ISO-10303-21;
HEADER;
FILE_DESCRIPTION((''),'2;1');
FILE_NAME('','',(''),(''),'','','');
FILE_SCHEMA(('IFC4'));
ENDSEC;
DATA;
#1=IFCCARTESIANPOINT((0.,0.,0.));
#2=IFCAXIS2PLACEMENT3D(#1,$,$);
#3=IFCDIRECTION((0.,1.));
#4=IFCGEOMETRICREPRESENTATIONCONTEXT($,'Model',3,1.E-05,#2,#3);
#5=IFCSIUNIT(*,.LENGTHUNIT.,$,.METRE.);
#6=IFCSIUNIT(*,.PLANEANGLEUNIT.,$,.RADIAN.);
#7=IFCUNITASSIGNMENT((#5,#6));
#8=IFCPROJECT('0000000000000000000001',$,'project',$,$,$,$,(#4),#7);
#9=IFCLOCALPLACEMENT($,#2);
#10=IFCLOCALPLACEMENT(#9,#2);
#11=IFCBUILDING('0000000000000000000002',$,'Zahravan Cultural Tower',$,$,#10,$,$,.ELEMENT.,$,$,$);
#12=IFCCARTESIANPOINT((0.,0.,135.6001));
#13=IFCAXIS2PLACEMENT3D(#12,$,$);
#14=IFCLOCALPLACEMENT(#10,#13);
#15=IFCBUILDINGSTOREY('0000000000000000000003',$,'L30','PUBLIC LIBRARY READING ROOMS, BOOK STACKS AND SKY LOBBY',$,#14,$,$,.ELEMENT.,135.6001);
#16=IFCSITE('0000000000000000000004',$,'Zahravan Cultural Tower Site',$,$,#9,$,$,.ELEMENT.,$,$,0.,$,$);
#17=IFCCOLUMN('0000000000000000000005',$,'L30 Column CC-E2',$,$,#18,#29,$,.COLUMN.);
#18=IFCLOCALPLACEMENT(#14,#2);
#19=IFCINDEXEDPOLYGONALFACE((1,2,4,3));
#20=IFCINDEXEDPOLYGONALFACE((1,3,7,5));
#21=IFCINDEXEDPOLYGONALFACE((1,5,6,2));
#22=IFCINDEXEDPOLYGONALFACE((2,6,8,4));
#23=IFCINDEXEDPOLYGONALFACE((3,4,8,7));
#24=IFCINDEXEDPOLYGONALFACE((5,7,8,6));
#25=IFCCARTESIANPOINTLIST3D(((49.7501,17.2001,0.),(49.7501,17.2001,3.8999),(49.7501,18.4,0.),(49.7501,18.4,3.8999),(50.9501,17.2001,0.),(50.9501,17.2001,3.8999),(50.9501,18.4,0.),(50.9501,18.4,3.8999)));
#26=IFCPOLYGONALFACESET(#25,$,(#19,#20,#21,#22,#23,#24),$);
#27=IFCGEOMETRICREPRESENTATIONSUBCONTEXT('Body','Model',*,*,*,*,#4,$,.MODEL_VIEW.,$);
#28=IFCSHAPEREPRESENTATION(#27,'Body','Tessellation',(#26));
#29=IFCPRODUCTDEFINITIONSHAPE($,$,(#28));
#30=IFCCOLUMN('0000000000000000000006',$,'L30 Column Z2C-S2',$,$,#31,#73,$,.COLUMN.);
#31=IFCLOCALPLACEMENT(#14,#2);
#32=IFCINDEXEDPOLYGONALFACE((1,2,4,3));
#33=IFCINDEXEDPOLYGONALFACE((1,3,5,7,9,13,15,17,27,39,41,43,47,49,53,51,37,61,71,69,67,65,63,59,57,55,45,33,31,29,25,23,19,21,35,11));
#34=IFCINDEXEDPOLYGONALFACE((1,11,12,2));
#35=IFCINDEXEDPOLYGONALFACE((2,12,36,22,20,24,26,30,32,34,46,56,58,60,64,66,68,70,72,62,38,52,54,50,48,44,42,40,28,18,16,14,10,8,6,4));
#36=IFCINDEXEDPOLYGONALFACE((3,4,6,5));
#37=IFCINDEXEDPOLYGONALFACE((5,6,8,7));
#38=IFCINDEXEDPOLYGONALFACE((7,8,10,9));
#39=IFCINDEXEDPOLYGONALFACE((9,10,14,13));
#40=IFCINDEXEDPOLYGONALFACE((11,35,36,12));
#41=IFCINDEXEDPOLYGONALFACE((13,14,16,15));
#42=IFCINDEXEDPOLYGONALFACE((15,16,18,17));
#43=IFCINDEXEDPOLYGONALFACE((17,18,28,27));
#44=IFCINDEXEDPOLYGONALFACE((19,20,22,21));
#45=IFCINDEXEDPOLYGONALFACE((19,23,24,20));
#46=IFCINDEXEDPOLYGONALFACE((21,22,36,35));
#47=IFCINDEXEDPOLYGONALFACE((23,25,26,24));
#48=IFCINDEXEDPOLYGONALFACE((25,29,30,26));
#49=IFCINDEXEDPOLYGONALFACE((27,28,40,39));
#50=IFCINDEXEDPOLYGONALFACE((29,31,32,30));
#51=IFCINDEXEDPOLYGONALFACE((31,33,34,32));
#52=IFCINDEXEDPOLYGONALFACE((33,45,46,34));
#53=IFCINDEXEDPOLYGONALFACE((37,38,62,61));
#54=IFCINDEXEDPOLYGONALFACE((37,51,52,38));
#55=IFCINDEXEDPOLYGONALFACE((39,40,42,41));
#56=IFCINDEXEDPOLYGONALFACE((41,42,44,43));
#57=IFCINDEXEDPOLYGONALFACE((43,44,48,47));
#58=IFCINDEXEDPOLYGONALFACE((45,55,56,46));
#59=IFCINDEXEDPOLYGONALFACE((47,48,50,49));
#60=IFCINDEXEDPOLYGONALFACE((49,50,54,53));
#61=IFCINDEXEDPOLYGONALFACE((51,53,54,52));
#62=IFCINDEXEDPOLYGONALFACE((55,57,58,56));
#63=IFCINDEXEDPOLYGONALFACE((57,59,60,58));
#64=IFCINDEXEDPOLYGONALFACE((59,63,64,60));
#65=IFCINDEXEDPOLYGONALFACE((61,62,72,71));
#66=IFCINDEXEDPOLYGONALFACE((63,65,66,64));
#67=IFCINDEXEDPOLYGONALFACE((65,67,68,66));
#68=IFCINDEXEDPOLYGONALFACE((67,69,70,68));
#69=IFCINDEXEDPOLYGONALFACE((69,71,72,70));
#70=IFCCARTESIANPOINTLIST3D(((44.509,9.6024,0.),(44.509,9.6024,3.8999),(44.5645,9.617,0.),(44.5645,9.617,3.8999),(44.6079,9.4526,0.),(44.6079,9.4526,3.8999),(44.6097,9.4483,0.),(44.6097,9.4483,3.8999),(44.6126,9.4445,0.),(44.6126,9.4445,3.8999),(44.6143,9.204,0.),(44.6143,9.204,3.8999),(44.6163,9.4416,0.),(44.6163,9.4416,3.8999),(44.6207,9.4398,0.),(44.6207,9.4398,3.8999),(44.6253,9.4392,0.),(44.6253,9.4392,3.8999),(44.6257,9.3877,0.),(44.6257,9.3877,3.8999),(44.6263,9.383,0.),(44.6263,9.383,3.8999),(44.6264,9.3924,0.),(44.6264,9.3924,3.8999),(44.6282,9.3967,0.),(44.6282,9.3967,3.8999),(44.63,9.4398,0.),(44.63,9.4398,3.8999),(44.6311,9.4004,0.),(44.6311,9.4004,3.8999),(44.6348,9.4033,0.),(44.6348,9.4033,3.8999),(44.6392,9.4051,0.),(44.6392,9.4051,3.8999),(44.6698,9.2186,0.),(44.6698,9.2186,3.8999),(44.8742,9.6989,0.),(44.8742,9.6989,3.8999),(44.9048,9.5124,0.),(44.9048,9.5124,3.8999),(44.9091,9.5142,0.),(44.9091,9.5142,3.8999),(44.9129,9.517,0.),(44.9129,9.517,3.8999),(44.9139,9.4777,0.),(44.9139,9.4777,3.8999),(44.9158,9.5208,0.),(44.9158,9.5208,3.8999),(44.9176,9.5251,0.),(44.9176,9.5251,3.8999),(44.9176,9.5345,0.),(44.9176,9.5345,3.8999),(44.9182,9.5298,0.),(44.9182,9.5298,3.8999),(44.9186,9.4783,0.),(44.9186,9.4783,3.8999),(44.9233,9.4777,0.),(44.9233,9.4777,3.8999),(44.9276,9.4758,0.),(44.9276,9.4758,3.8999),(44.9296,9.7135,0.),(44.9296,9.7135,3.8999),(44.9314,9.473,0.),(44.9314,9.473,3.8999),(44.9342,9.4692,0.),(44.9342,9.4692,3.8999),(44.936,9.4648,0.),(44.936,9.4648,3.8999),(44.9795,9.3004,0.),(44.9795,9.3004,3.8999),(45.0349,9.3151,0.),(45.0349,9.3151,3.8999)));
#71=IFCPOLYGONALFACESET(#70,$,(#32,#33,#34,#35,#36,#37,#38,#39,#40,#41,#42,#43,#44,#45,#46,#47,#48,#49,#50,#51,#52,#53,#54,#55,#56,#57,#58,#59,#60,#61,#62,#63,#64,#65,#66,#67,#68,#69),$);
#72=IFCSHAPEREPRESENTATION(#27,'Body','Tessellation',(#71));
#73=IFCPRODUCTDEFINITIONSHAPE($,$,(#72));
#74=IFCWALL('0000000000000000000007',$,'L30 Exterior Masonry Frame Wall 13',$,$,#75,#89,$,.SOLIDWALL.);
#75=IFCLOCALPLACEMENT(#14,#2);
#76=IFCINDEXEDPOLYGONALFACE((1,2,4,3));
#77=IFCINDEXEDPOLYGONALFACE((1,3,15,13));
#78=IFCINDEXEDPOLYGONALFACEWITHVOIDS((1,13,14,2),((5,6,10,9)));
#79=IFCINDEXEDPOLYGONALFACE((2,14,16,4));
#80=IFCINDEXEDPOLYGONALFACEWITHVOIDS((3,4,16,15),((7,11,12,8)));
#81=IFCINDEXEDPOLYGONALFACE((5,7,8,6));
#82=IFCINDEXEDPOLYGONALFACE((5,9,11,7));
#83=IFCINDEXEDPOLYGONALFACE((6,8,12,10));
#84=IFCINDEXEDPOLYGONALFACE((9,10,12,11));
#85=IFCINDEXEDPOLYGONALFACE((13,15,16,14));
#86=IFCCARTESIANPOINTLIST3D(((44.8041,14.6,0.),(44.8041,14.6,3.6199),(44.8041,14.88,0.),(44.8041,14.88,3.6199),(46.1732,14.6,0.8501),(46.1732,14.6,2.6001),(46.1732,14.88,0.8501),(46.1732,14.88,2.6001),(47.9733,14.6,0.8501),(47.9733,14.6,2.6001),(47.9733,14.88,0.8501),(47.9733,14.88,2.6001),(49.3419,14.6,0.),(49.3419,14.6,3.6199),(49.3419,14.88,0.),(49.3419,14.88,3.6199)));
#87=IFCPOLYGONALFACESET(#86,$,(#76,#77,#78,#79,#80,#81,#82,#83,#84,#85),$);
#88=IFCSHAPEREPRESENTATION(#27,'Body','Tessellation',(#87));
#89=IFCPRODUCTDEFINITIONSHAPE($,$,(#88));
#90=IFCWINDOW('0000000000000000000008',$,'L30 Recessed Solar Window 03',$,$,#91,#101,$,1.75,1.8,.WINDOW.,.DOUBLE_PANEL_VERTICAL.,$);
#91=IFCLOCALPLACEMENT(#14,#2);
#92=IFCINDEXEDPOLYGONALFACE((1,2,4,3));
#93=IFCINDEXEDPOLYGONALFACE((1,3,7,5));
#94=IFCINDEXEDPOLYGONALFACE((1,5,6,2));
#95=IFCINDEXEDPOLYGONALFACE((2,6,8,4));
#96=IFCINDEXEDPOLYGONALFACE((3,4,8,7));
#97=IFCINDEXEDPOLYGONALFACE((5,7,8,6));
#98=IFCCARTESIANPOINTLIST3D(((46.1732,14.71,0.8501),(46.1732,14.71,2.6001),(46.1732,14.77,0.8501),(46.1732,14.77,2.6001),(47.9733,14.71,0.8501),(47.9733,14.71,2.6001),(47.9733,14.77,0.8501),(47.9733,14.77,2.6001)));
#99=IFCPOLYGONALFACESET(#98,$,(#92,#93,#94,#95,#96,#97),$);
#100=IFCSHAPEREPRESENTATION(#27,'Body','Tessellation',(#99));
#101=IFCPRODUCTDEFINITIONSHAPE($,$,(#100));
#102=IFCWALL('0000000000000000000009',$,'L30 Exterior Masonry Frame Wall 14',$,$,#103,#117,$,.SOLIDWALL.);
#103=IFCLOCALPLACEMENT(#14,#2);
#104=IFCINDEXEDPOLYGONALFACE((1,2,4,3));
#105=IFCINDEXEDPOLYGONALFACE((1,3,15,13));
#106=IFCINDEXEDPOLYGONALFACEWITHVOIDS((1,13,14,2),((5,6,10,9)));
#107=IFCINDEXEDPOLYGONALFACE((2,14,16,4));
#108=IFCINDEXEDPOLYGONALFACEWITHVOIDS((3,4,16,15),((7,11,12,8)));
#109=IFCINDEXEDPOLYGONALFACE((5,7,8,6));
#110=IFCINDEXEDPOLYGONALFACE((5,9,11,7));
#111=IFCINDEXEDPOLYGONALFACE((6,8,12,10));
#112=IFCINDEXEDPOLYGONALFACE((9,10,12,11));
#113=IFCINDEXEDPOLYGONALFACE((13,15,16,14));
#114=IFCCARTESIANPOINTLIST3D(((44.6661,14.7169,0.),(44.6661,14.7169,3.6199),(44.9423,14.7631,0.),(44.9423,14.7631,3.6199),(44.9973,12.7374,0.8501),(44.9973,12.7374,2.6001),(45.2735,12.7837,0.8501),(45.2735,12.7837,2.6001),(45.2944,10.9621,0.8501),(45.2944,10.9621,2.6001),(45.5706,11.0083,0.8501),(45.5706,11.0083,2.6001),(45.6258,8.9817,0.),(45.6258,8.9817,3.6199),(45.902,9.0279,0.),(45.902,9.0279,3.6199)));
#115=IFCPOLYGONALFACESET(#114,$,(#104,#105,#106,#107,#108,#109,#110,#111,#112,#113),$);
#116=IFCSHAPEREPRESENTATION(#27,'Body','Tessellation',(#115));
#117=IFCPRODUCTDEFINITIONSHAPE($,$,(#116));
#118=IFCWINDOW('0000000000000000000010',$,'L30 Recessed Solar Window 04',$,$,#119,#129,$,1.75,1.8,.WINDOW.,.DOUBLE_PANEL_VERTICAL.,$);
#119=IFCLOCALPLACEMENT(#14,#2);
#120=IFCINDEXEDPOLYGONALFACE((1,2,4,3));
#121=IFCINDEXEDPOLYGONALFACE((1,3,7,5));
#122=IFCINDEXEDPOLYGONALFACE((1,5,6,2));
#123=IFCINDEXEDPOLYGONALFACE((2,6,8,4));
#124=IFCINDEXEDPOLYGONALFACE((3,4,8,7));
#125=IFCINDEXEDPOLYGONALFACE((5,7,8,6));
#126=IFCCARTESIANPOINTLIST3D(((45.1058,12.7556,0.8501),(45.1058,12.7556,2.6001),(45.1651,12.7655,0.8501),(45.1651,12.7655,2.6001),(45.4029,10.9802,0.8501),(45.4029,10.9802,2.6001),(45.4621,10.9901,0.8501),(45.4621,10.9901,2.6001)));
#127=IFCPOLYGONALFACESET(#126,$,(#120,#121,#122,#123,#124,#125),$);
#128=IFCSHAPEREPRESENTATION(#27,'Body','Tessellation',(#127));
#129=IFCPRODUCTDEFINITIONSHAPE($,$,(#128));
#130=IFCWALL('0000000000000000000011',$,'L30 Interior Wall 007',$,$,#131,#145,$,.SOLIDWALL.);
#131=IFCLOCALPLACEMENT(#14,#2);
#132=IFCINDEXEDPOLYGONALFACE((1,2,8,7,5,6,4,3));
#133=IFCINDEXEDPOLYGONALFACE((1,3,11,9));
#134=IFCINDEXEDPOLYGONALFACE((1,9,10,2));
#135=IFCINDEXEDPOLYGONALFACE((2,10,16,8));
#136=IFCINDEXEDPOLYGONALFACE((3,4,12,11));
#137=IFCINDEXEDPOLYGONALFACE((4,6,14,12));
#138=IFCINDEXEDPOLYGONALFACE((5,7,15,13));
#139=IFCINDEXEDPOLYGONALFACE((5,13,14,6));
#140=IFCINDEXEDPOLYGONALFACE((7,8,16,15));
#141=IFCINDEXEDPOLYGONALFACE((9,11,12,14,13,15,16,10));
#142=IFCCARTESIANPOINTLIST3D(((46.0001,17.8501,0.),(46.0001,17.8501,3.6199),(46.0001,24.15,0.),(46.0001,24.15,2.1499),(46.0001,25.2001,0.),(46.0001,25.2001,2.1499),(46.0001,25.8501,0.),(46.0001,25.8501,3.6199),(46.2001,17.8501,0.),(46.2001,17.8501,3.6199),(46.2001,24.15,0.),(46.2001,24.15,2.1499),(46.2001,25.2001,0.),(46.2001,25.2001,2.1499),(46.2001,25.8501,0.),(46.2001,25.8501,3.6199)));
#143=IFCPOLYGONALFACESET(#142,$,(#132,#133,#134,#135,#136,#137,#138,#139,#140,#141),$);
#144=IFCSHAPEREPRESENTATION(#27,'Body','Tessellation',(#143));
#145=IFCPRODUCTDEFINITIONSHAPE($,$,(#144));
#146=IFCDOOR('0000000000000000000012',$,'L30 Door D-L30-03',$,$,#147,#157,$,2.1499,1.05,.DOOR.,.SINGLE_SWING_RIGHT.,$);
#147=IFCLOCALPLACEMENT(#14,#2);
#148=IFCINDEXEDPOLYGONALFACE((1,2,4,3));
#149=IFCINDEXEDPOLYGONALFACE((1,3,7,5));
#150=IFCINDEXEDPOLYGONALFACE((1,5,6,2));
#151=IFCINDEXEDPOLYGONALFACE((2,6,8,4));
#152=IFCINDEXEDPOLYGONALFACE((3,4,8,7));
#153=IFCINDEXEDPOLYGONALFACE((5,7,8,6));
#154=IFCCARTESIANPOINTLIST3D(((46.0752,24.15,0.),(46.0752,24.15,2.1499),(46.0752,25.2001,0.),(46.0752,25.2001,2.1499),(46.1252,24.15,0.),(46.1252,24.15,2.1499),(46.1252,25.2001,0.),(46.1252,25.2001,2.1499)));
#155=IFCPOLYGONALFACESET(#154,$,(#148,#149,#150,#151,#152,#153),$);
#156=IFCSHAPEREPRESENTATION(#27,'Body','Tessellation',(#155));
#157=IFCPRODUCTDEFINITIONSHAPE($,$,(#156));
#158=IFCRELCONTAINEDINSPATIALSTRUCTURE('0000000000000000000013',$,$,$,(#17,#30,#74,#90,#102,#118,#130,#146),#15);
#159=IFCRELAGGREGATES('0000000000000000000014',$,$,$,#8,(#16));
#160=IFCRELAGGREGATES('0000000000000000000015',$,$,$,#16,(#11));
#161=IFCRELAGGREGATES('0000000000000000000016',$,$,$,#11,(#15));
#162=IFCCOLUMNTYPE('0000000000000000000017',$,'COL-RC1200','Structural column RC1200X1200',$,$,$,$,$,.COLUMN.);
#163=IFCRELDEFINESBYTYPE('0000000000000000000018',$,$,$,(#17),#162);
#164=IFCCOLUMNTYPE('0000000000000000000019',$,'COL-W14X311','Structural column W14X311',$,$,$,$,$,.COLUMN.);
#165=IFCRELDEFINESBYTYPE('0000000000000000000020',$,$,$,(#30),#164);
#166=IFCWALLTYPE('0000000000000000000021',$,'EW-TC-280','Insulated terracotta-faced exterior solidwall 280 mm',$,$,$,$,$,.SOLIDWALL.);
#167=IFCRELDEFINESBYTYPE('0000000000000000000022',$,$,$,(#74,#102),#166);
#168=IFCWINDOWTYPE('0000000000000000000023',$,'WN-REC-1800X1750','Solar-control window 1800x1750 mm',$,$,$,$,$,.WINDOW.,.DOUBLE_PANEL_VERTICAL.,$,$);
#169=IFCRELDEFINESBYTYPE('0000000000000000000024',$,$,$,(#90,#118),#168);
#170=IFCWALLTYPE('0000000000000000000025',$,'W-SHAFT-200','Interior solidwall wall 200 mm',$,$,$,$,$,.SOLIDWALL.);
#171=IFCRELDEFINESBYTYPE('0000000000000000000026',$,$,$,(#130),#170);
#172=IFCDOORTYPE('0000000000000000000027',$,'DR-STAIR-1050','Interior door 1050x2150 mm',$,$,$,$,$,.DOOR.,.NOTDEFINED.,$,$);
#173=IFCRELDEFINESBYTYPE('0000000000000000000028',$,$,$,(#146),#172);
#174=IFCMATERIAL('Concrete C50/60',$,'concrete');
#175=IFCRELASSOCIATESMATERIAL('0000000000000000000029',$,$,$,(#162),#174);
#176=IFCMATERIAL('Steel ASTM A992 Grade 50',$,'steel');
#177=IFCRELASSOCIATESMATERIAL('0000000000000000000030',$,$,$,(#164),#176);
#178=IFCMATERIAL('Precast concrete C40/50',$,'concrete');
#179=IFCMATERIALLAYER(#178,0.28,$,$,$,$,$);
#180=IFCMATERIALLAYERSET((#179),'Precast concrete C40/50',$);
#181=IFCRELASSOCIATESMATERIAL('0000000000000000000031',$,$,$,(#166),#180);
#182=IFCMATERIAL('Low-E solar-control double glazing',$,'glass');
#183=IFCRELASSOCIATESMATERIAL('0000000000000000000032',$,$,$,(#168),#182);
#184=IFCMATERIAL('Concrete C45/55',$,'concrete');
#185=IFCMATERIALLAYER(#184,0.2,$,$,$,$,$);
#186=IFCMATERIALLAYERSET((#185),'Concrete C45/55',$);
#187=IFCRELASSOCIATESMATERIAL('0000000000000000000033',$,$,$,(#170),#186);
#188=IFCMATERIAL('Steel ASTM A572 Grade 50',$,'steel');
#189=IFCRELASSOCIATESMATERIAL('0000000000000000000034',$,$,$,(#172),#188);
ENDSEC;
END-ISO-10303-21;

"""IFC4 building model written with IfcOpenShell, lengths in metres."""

from ifc_helpers import new_model, si_unit, direction, frame, frame_2d, origin, origin_2d, place, context, subcontext, project, spatial, rectangle, i_section, extrude, source, transform, mapped, material, layer, layer_set, material_profile, profile_set, type_object, element, fill, save


model = new_model("IFC4")

# Units and contexts
model_context = context("Model", 3, precision=1e-05, world=origin(), true_north=direction((0.0, 1.0)))
body_context = subcontext(model_context, "Body", "Model", "MODEL_VIEW")
ifc_project = project(units=[si_unit("LENGTHUNIT", "METRE"), si_unit("PLANEANGLEUNIT", "RADIAN")], contexts=[model_context])

# Site, building, storey
site_placement = place(None, origin())
site = spatial("IfcSite", under=ifc_project, at=site_placement, Name="Zahravan Cultural Tower Site", CompositionType="ELEMENT", RefElevation=0.0)
building_placement = place(site_placement, origin())
building = spatial("IfcBuilding", under=site, at=building_placement, Name="Zahravan Cultural Tower", CompositionType="ELEMENT")
storey_placement = place(building_placement, frame((0.0, 0.0, 135.6001)))
storey = spatial("IfcBuildingStorey", under=building, at=storey_placement, Name="L30", Description="PUBLIC LIBRARY READING ROOMS, BOOK STACKS AND SKY LOBBY", CompositionType="ELEMENT", Elevation=135.6001)

# Columns
ifc_material_1 = material(Name="Concrete C50/60", Category="concrete")
ifc_material_profile_1 = material_profile(ifc_material_1, rectangle(XDim=1.2, YDim=1.2, at=origin_2d()), Name="RC1200X1200")
ifc_profile_set_1 = profile_set([ifc_material_profile_1], Name="Concrete C50/60")
column_type_1 = type_object("IfcColumnType", Name="COL-RC1200", Description="Structural column RC1200X1200", PredefinedType="COLUMN", material=ifc_profile_set_1)
shared_shape_1 = source(origin(), body_context, "Body", "SweptSolid", [
    extrude(rectangle(XDim=1.2, YDim=1.2, at=origin_2d()), origin(), (0.0, 0.0, 1.0), 3.8999),
])
column_1_placement = place(storey_placement, frame((50.3501, 17.8, 0.0), z_axis=(0.0, 0.0, 1.0), x_axis=(1.0, 0.0, 0.0)))
element("IfcColumn", 1, at=column_1_placement, inside=storey, type_object=column_type_1, Name="L30 Column CC-E2", PredefinedType="COLUMN", context=body_context, shape_type="MappedRepresentation", body=[
    mapped(shared_shape_1, transform((0.0, 0.0, 0.0), x_axis=(1.0, 0.0, 0.0), y_axis=(0.0, 1.0, 0.0), z_axis=(0.0, 0.0, 1.0), scale=1.0)),
])
ifc_material_2 = material(Name="Steel ASTM A992 Grade 50", Category="steel")
ifc_material_profile_2 = material_profile(ifc_material_2, i_section(OverallWidth=0.4121, OverallDepth=0.4351, WebThickness=0.0359, FlangeThickness=0.0574, FilletRadius=0.0181, at=origin_2d()), Name="W14X311")
ifc_profile_set_2 = profile_set([ifc_material_profile_2], Name="Steel ASTM A992 Grade 50")
column_type_2 = type_object("IfcColumnType", Name="COL-W14X311", Description="Structural column W14X311", PredefinedType="COLUMN", material=ifc_profile_set_2)
shared_shape_2 = source(origin(), body_context, "Body", "SweptSolid", [
    extrude(i_section(OverallWidth=0.4121, OverallDepth=0.4351, WebThickness=0.0359, FlangeThickness=0.0574, FilletRadius=0.0181, at=origin_2d()), origin(), (0.0, 0.0, 1.0), 3.8999),
])
column_2_placement = place(storey_placement, frame((44.772, 9.4587, 0.0), z_axis=(0.0, 0.0, 1.0), x_axis=(-0.255446, 0.966823, 0.0)))
element("IfcColumn", 2, at=column_2_placement, inside=storey, type_object=column_type_2, Name="L30 Column Z2C-S2", PredefinedType="COLUMN", context=body_context, shape_type="MappedRepresentation", body=[
    mapped(shared_shape_2, transform((0.0, 0.0, 0.0), x_axis=(1.0, 0.0, 0.0), y_axis=(0.0, 1.0, 0.0), z_axis=(0.0, 0.0, 1.0), scale=1.0)),
])

# Walls, openings, windows
ifc_material_3 = material(Name="Precast concrete C40/50", Category="concrete")
ifc_layer_1 = layer(ifc_material_3, 0.28)
ifc_layer_set_1 = layer_set([ifc_layer_1], Name="Precast concrete C40/50")
wall_type_1 = type_object("IfcWallType", Name="EW-TC-280", Description="Insulated terracotta-faced exterior solidwall 280 mm", PredefinedType="SOLIDWALL", material=ifc_layer_set_1)
wall_1_placement = place(storey_placement, frame((49.342, 14.74, 0.0), z_axis=(0.0, 0.0, 1.0), x_axis=(-1.0, 0.0, 0.0)))
wall_1 = element("IfcWall", 3, at=wall_1_placement, inside=storey, type_object=wall_type_1, Name="L30 Exterior Masonry Frame Wall 13", PredefinedType="SOLIDWALL", context=body_context, shape_type="SweptSolid", body=[
    extrude(rectangle(XDim=4.5378, YDim=0.28, at=frame_2d((2.269, 0.0))), origin(), (0.0, 0.0, 1.0), 3.6199),
])
opening_1_placement = place(wall_1_placement, frame((1.3689, 0.0, 0.8501)))
opening_1 = element("IfcOpeningElement", 4, at=opening_1_placement, cuts=wall_1, PredefinedType="OPENING", context=body_context, shape_type="SweptSolid", body=[
    extrude(rectangle(XDim=1.8, YDim=1.75, at=frame_2d((0.8999, 0.875))), frame((0.0, 0.1499, 0.0), z_axis=(0.0, -1.0, 0.0), x_axis=(1.0, 0.0, 0.0)), (0.0, 0.0, 1.0), 0.3),
])
ifc_material_4 = material(Name="Low-E solar-control double glazing", Category="glass")
window_type = type_object("IfcWindowType", Name="WN-REC-1800X1750", Description="Solar-control window 1800x1750 mm", PartitioningType="DOUBLE_PANEL_VERTICAL", PredefinedType="WINDOW", material=ifc_material_4)
shared_shape_3 = source(origin(), body_context, "Body", "SweptSolid", [
    extrude(rectangle(XDim=1.8, YDim=1.75, at=frame_2d((0.8999, 0.875))), frame((0.0, 0.03, 0.0), z_axis=(0.0, -1.0, 0.0), x_axis=(1.0, 0.0, 0.0)), (0.0, 0.0, 1.0), 0.0601),
])
window_1_placement = place(opening_1_placement, origin())
window_1 = element("IfcWindow", 5, at=window_1_placement, inside=storey, type_object=window_type, Name="L30 Recessed Solar Window 03", OverallHeight=1.75, OverallWidth=1.8, PartitioningType="DOUBLE_PANEL_VERTICAL", PredefinedType="WINDOW", context=body_context, shape_type="MappedRepresentation", body=[
    mapped(shared_shape_3, transform((0.0, 0.0, 0.0), x_axis=(1.0, 0.0, 0.0), y_axis=(0.0, 1.0, 0.0), z_axis=(0.0, 0.0, 1.0), scale=1.0)),
])
fill(opening_1, window_1)
wall_2_placement = place(storey_placement, frame((44.8042, 14.74, 0.0), z_axis=(0.0, 0.0, 1.0), x_axis=(0.165046, -0.986286, 0.0)))
wall_2 = element("IfcWall", 6, at=wall_2_placement, inside=storey, type_object=wall_type_1, Name="L30 Exterior Masonry Frame Wall 14", PredefinedType="SOLIDWALL", context=body_context, shape_type="SweptSolid", body=[
    extrude(rectangle(XDim=5.8149, YDim=0.28, at=frame_2d((2.9075, 0.0))), origin(), (0.0, 0.0, 1.0), 3.6199),
])
opening_2_placement = place(wall_2_placement, frame((2.0071, 0.0, 0.8501)))
opening_2 = element("IfcOpeningElement", 7, at=opening_2_placement, cuts=wall_2, PredefinedType="OPENING", context=body_context, shape_type="SweptSolid", body=[
    extrude(rectangle(XDim=1.8, YDim=1.75, at=frame_2d((0.8999, 0.875))), frame((0.0, 0.1499, 0.0), z_axis=(0.0, -1.0, 0.0), x_axis=(1.0, 0.0, 0.0)), (0.0, 0.0, 1.0), 0.3),
])
window_2_placement = place(opening_2_placement, origin())
window_2 = element("IfcWindow", 8, at=window_2_placement, inside=storey, type_object=window_type, Name="L30 Recessed Solar Window 04", OverallHeight=1.75, OverallWidth=1.8, PartitioningType="DOUBLE_PANEL_VERTICAL", PredefinedType="WINDOW", context=body_context, shape_type="MappedRepresentation", body=[
    mapped(shared_shape_3, transform((0.0, 0.0, 0.0), x_axis=(1.0, 0.0, 0.0), y_axis=(0.0, 1.0, 0.0), z_axis=(0.0, 0.0, 1.0), scale=1.0)),
])
fill(opening_2, window_2)

# Wall, opening, door
ifc_material_5 = material(Name="Concrete C45/55", Category="concrete")
ifc_layer_2 = layer(ifc_material_5, 0.2)
ifc_layer_set_2 = layer_set([ifc_layer_2], Name="Concrete C45/55")
wall_type_2 = type_object("IfcWallType", Name="W-SHAFT-200", Description="Interior solidwall wall 200 mm", PredefinedType="SOLIDWALL", material=ifc_layer_set_2)
wall_3_placement = place(storey_placement, frame((46.1001, 17.8501, 0.0), z_axis=(0.0, 0.0, 1.0), x_axis=(0.0, 1.0, 0.0)))
wall_3 = element("IfcWall", 9, at=wall_3_placement, inside=storey, type_object=wall_type_2, Name="L30 Interior Wall 007", PredefinedType="SOLIDWALL", context=body_context, shape_type="SweptSolid", body=[
    extrude(rectangle(XDim=8.0, YDim=0.2, at=frame_2d((4.0, 0.0))), origin(), (0.0, 0.0, 1.0), 3.6199),
])
opening_3_placement = place(wall_3_placement, frame((6.3, 0.0, 0.0)))
opening_3 = element("IfcOpeningElement", 10, at=opening_3_placement, cuts=wall_3, PredefinedType="OPENING", context=body_context, shape_type="SweptSolid", body=[
    extrude(rectangle(XDim=1.05, YDim=2.1499, at=frame_2d((0.5249, 1.075))), frame((0.0, 0.1099, 0.0), z_axis=(0.0, -1.0, 0.0), x_axis=(1.0, 0.0, 0.0)), (0.0, 0.0, 1.0), 0.22),
])
ifc_material_6 = material(Name="Steel ASTM A572 Grade 50", Category="steel")
door_type = type_object("IfcDoorType", Name="DR-STAIR-1050", Description="Interior door 1050x2150 mm", OperationType="NOTDEFINED", PredefinedType="DOOR", material=ifc_material_6)
shared_shape_4 = source(origin(), body_context, "Body", "SweptSolid", [
    extrude(rectangle(XDim=1.05, YDim=2.1499, at=frame_2d((0.5249, 1.075))), frame((0.0, 0.0249, 0.0), z_axis=(0.0, -1.0, 0.0), x_axis=(1.0, 0.0, 0.0)), (0.0, 0.0, 1.0), 0.05),
])
door_placement = place(opening_3_placement, origin())
door = element("IfcDoor", 11, at=door_placement, inside=storey, type_object=door_type, Name="L30 Door D-L30-03", OperationType="SINGLE_SWING_RIGHT", OverallHeight=2.1499, OverallWidth=1.05, PredefinedType="DOOR", context=body_context, shape_type="MappedRepresentation", body=[
    mapped(shared_shape_4, transform((0.0, 0.0, 0.0), x_axis=(1.0, 0.0, 0.0), y_axis=(0.0, 1.0, 0.0), z_axis=(0.0, 0.0, 1.0), scale=1.0)),
])
fill(opening_3, door)

save(model, "model.ifc")
